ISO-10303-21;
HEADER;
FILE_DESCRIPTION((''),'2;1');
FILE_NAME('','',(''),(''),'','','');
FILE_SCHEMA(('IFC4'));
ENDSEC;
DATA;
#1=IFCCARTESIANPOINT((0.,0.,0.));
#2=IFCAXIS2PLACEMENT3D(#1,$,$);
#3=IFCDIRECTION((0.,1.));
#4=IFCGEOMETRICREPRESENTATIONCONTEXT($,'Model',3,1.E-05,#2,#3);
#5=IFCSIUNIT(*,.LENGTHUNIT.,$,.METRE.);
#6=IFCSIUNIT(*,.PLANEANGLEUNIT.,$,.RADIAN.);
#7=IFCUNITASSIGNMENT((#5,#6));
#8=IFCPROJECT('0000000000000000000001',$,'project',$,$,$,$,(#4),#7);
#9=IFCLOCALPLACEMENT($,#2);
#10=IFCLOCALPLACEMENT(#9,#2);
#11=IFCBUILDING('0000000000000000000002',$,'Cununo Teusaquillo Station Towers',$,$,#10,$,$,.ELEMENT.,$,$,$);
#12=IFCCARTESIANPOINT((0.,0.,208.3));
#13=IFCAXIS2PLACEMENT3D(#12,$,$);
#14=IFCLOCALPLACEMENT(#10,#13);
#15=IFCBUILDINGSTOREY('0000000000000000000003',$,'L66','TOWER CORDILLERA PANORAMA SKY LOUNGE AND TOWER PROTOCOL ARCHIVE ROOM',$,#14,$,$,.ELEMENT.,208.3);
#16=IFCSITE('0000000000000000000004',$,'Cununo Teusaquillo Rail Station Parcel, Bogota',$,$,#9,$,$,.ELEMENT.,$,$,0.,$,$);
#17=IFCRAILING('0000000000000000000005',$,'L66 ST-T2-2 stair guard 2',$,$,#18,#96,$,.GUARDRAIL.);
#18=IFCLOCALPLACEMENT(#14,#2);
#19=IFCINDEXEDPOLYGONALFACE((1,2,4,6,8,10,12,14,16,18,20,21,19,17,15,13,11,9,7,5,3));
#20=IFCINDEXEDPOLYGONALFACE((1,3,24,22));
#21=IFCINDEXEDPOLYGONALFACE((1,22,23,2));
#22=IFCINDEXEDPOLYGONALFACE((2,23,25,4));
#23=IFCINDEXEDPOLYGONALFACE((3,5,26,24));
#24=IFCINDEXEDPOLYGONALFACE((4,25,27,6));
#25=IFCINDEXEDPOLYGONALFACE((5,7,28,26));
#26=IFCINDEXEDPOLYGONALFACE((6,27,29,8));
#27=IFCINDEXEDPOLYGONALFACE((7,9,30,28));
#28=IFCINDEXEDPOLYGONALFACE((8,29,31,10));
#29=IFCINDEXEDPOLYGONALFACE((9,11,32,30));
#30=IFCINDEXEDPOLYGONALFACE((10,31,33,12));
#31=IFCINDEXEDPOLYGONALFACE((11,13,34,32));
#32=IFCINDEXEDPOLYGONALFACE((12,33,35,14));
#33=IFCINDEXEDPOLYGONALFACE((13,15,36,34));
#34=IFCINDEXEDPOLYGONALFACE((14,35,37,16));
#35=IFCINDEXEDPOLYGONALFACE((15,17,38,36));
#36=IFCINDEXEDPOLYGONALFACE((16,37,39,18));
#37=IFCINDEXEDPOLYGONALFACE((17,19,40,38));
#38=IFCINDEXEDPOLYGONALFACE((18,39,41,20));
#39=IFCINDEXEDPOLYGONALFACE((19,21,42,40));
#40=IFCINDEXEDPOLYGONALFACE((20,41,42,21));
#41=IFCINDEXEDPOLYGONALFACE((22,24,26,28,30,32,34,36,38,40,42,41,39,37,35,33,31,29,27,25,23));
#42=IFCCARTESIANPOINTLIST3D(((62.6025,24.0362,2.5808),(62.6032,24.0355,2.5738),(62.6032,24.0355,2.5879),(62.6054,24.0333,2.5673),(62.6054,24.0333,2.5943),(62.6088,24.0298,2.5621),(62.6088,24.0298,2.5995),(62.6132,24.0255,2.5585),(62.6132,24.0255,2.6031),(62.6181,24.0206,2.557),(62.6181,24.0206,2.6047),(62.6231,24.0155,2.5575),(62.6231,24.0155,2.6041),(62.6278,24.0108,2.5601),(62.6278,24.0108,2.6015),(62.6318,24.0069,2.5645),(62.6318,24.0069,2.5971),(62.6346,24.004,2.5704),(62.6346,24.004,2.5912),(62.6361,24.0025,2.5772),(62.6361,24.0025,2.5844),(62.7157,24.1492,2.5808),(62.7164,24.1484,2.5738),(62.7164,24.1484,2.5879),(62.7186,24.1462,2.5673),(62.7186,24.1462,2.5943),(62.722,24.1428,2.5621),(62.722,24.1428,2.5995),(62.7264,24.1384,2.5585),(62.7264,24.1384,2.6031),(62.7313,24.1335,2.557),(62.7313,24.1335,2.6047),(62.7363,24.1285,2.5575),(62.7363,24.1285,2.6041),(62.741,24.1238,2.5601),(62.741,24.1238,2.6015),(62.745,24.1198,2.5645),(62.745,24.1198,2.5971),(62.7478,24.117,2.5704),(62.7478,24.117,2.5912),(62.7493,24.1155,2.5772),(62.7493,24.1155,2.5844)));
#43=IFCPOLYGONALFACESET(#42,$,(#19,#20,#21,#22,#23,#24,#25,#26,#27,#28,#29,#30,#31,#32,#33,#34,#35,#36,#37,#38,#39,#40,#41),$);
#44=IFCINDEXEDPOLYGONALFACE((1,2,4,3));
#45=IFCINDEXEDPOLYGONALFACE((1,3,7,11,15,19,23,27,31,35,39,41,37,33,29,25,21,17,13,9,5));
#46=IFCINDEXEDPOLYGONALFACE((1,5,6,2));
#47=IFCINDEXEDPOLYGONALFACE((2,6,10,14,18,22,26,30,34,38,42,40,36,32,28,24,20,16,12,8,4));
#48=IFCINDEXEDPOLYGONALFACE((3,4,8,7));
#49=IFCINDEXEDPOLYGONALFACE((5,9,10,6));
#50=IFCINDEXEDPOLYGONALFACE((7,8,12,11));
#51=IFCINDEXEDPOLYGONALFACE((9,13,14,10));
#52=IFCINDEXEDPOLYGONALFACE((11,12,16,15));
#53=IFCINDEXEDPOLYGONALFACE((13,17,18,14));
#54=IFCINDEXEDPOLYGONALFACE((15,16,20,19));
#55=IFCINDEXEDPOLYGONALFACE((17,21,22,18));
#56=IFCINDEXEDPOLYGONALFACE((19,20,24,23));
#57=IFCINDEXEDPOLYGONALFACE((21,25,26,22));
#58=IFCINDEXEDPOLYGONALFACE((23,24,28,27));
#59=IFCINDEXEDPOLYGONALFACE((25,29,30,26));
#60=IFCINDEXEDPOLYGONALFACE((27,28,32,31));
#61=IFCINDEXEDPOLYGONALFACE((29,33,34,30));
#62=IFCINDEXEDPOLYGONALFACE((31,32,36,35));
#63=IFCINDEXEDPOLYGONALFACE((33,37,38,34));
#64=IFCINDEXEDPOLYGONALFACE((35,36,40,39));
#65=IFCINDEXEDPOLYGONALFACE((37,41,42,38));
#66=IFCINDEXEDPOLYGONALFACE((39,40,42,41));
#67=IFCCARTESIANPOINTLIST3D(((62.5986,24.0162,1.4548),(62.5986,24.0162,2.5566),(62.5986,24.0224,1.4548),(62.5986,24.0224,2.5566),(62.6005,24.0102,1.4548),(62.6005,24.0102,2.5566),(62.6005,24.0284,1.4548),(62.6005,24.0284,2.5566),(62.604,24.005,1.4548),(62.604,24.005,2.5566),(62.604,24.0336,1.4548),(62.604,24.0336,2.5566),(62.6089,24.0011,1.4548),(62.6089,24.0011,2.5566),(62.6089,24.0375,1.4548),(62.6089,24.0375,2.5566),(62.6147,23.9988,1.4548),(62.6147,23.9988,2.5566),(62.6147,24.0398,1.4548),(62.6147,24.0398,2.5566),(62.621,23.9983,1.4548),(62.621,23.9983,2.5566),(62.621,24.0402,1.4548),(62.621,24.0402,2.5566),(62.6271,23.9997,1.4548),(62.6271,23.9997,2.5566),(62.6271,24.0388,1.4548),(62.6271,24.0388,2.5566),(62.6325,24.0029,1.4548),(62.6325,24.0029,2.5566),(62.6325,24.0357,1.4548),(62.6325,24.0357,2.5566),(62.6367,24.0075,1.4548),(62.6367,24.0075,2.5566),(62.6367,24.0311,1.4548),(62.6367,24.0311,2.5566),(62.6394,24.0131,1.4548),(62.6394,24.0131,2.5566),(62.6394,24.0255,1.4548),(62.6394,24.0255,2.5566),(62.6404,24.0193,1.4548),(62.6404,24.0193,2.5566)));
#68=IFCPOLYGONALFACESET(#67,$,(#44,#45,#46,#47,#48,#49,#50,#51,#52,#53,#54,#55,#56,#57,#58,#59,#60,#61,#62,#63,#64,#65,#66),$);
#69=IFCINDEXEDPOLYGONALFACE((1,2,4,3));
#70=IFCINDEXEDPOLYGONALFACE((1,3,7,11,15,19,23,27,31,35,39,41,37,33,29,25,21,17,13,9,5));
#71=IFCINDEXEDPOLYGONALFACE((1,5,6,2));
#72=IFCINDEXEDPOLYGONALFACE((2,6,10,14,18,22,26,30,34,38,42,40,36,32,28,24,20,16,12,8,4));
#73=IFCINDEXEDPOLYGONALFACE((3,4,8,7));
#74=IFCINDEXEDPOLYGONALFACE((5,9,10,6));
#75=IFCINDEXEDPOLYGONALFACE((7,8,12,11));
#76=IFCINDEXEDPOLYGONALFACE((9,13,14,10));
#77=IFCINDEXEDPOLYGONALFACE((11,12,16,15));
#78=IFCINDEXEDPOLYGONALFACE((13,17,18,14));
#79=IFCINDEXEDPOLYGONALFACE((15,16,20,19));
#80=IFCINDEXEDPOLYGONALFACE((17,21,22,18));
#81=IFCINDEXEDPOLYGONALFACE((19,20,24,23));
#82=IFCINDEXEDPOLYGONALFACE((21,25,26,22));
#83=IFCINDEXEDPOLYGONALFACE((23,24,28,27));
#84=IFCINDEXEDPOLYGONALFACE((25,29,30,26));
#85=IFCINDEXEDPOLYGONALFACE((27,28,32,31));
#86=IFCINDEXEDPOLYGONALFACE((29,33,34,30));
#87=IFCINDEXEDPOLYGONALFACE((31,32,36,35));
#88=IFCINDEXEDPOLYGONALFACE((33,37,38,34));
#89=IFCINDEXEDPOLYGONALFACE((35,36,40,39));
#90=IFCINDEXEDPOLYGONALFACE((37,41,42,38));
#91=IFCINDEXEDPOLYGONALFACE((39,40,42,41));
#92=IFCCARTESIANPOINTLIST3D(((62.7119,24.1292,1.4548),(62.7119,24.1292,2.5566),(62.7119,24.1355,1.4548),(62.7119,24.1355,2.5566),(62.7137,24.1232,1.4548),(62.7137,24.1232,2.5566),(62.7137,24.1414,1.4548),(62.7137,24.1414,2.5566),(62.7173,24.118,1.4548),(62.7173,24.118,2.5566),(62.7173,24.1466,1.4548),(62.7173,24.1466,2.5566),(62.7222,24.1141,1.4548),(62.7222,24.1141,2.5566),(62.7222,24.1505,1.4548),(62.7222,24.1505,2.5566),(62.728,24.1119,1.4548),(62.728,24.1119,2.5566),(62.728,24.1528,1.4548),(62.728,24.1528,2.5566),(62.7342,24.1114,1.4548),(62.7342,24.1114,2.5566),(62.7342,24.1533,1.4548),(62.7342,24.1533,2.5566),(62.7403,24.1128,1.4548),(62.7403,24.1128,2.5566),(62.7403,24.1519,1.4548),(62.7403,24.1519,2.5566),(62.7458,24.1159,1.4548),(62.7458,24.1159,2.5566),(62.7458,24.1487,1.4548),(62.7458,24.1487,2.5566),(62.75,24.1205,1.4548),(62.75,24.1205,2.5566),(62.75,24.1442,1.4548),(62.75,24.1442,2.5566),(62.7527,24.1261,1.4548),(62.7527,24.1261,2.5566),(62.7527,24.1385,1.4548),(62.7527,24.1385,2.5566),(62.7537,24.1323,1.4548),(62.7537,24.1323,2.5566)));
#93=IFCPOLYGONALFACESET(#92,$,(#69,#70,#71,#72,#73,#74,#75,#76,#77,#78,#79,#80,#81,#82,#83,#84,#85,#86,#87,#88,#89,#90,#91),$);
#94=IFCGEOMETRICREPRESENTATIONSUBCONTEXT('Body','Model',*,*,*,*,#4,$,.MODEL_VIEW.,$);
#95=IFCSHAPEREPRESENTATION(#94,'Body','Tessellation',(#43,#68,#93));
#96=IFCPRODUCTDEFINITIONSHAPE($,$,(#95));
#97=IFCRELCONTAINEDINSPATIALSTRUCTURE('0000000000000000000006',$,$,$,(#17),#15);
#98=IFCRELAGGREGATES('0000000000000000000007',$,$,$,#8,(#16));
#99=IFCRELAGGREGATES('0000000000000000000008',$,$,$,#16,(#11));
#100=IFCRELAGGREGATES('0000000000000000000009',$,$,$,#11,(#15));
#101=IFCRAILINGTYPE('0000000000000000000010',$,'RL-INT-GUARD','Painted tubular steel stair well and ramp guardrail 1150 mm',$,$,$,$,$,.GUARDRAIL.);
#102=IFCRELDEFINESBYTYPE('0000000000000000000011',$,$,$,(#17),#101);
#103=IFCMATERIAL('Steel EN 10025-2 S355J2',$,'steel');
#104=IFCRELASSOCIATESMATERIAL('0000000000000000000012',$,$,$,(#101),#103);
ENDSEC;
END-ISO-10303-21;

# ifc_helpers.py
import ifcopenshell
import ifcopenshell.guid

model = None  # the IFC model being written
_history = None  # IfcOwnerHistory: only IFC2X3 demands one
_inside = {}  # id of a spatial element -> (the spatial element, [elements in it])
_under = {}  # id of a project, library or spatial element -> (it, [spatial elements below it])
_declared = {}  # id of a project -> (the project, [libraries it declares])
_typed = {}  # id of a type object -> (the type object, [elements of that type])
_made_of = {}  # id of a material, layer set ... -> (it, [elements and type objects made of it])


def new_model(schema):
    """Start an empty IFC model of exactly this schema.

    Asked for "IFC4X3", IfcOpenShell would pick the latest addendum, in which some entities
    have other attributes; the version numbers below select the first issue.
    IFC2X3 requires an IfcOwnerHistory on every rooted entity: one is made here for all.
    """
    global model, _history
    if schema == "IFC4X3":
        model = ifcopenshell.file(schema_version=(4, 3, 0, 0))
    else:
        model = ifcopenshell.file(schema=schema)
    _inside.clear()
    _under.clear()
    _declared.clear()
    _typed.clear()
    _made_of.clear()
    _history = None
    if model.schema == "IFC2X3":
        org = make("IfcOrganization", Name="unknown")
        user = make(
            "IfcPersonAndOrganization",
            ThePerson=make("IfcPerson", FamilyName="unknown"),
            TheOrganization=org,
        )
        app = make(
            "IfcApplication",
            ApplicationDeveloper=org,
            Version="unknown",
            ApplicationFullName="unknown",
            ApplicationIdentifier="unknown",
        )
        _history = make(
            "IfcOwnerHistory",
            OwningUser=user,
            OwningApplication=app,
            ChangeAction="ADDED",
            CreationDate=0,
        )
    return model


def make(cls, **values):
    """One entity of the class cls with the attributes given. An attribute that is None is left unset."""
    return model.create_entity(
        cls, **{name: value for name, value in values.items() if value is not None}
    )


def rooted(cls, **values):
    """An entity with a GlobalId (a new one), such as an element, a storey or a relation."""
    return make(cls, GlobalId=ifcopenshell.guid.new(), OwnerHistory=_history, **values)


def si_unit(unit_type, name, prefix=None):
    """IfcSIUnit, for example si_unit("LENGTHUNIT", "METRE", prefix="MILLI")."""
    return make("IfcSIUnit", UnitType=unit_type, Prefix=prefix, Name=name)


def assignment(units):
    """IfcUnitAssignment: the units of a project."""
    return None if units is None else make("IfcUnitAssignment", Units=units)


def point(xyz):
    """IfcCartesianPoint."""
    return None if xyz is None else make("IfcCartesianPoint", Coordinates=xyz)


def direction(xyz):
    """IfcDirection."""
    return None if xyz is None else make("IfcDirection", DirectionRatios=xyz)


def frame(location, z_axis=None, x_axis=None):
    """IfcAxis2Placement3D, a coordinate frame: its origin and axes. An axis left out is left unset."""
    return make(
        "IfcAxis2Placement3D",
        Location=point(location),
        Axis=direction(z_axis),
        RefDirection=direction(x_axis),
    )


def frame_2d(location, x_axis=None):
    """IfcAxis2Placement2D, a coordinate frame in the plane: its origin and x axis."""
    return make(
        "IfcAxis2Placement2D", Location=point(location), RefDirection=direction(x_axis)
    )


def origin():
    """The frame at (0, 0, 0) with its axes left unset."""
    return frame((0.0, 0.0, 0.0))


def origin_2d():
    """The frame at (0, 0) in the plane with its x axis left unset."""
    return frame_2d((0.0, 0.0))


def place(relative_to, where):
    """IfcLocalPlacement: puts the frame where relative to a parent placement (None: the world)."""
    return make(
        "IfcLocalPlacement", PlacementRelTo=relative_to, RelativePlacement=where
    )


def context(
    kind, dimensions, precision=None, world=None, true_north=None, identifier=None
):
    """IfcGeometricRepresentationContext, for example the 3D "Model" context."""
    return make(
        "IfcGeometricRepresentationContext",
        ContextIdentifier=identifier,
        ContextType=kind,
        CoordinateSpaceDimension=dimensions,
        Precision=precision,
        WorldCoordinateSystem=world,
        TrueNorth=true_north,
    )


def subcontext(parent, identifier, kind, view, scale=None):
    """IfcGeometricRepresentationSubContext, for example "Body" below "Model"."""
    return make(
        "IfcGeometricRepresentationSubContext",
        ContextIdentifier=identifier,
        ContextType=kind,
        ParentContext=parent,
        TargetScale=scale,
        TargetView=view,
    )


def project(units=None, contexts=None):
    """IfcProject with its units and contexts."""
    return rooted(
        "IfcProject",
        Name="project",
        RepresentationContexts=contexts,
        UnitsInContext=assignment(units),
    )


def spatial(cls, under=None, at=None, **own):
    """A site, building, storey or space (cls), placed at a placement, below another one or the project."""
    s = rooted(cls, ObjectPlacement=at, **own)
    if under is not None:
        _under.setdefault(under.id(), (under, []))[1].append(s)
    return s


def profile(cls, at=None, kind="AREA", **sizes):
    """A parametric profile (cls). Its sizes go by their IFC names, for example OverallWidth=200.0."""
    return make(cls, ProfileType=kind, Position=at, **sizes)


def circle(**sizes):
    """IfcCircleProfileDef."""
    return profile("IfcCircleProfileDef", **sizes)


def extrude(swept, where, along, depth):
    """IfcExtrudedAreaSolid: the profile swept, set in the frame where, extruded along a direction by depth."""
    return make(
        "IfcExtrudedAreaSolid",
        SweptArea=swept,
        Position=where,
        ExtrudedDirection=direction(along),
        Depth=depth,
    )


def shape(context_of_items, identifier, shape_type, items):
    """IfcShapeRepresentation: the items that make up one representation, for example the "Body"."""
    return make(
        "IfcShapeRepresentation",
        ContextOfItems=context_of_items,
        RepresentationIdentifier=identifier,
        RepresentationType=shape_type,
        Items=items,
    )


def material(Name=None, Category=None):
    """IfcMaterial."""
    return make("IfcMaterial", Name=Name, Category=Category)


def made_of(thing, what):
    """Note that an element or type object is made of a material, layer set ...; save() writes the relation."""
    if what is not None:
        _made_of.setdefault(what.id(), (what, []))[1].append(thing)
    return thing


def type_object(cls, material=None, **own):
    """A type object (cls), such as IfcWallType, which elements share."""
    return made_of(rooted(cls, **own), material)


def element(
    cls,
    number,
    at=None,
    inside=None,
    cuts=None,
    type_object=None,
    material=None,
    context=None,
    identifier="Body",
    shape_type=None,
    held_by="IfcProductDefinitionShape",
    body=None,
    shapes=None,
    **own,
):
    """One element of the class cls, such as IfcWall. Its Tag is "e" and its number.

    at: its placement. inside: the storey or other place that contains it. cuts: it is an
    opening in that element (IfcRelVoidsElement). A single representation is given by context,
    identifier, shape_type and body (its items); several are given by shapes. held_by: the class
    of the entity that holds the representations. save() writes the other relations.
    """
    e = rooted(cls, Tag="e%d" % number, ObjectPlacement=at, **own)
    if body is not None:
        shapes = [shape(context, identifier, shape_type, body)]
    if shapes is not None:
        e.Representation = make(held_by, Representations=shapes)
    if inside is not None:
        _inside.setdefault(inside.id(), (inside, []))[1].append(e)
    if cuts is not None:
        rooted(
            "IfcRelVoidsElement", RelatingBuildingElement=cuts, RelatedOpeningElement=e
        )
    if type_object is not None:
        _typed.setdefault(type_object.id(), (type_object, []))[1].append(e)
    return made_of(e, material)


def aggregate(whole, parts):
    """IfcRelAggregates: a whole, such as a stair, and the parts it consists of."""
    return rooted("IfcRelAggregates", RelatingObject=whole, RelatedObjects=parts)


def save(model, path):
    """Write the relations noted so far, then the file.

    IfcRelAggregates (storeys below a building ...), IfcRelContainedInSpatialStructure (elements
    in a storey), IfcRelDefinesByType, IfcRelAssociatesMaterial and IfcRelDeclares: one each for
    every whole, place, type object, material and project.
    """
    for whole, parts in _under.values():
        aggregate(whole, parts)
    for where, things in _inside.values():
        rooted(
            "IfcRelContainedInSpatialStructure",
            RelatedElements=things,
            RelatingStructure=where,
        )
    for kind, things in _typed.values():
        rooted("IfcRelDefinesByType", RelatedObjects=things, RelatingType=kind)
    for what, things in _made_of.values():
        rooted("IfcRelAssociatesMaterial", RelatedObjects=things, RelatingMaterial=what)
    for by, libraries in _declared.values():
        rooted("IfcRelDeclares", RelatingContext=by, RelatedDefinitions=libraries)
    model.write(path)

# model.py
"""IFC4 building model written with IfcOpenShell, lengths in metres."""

from ifc_helpers import new_model, si_unit, direction, frame, origin, origin_2d, place, context, subcontext, project, spatial, circle, extrude, material, type_object, element, save


model = new_model("IFC4")

# Units and contexts
model_context = context("Model", 3, precision=1e-05, world=origin(), true_north=direction((0.0, 1.0)))
body_context = subcontext(model_context, "Body", "Model", "MODEL_VIEW")
ifc_project = project(units=[si_unit("LENGTHUNIT", "METRE"), si_unit("PLANEANGLEUNIT", "RADIAN")], contexts=[model_context])

# Site, building, storey
site_placement = place(None, origin())
site = spatial("IfcSite", under=ifc_project, at=site_placement, Name="Cununo Teusaquillo Rail Station Parcel, Bogota", CompositionType="ELEMENT", RefElevation=0.0)
building_placement = place(site_placement, origin())
building = spatial("IfcBuilding", under=site, at=building_placement, Name="Cununo Teusaquillo Station Towers", CompositionType="ELEMENT")
storey_placement = place(building_placement, frame((0.0, 0.0, 208.3)))
storey = spatial("IfcBuildingStorey", under=building, at=storey_placement, Name="L66", Description="TOWER CORDILLERA PANORAMA SKY LOUNGE AND TOWER PROTOCOL ARCHIVE ROOM", CompositionType="ELEMENT", Elevation=208.3)

# Railing
ifc_material_1 = material(Name="Steel EN 10025-2 S355J2", Category="steel")
railing_type_1 = type_object("IfcRailingType", Name="RL-INT-GUARD", Description="Painted tubular steel stair well and ramp guardrail 1150 mm", PredefinedType="GUARDRAIL", material=ifc_material_1)
railing_1_placement = place(storey_placement, frame((62.6194, 24.0193, 1.4548)))
element("IfcRailing", 1, at=railing_1_placement, inside=storey, type_object=railing_type_1, Name="L66 ST-T2-2 stair guard 2", PredefinedType="GUARDRAIL", context=body_context, shape_type="SweptSolid", body=[
    extrude(circle(Radius=0.0239, at=origin_2d()), frame((0.0, 0.0, 1.126), z_axis=(0.707869, 0.706344, 0.0), x_axis=(-0.706344, 0.707869, 0.0)), (0.0, 0.0, 1.0), 0.1599),
    extrude(circle(Radius=0.021, at=origin_2d()), origin(), (0.0, 0.0, 1.0), 1.1018),
    extrude(circle(Radius=0.021, at=origin_2d()), frame((0.1133, 0.113, 0.0)), (0.0, 0.0, 1.0), 1.1018),
])

save(model, "model.ifc")
